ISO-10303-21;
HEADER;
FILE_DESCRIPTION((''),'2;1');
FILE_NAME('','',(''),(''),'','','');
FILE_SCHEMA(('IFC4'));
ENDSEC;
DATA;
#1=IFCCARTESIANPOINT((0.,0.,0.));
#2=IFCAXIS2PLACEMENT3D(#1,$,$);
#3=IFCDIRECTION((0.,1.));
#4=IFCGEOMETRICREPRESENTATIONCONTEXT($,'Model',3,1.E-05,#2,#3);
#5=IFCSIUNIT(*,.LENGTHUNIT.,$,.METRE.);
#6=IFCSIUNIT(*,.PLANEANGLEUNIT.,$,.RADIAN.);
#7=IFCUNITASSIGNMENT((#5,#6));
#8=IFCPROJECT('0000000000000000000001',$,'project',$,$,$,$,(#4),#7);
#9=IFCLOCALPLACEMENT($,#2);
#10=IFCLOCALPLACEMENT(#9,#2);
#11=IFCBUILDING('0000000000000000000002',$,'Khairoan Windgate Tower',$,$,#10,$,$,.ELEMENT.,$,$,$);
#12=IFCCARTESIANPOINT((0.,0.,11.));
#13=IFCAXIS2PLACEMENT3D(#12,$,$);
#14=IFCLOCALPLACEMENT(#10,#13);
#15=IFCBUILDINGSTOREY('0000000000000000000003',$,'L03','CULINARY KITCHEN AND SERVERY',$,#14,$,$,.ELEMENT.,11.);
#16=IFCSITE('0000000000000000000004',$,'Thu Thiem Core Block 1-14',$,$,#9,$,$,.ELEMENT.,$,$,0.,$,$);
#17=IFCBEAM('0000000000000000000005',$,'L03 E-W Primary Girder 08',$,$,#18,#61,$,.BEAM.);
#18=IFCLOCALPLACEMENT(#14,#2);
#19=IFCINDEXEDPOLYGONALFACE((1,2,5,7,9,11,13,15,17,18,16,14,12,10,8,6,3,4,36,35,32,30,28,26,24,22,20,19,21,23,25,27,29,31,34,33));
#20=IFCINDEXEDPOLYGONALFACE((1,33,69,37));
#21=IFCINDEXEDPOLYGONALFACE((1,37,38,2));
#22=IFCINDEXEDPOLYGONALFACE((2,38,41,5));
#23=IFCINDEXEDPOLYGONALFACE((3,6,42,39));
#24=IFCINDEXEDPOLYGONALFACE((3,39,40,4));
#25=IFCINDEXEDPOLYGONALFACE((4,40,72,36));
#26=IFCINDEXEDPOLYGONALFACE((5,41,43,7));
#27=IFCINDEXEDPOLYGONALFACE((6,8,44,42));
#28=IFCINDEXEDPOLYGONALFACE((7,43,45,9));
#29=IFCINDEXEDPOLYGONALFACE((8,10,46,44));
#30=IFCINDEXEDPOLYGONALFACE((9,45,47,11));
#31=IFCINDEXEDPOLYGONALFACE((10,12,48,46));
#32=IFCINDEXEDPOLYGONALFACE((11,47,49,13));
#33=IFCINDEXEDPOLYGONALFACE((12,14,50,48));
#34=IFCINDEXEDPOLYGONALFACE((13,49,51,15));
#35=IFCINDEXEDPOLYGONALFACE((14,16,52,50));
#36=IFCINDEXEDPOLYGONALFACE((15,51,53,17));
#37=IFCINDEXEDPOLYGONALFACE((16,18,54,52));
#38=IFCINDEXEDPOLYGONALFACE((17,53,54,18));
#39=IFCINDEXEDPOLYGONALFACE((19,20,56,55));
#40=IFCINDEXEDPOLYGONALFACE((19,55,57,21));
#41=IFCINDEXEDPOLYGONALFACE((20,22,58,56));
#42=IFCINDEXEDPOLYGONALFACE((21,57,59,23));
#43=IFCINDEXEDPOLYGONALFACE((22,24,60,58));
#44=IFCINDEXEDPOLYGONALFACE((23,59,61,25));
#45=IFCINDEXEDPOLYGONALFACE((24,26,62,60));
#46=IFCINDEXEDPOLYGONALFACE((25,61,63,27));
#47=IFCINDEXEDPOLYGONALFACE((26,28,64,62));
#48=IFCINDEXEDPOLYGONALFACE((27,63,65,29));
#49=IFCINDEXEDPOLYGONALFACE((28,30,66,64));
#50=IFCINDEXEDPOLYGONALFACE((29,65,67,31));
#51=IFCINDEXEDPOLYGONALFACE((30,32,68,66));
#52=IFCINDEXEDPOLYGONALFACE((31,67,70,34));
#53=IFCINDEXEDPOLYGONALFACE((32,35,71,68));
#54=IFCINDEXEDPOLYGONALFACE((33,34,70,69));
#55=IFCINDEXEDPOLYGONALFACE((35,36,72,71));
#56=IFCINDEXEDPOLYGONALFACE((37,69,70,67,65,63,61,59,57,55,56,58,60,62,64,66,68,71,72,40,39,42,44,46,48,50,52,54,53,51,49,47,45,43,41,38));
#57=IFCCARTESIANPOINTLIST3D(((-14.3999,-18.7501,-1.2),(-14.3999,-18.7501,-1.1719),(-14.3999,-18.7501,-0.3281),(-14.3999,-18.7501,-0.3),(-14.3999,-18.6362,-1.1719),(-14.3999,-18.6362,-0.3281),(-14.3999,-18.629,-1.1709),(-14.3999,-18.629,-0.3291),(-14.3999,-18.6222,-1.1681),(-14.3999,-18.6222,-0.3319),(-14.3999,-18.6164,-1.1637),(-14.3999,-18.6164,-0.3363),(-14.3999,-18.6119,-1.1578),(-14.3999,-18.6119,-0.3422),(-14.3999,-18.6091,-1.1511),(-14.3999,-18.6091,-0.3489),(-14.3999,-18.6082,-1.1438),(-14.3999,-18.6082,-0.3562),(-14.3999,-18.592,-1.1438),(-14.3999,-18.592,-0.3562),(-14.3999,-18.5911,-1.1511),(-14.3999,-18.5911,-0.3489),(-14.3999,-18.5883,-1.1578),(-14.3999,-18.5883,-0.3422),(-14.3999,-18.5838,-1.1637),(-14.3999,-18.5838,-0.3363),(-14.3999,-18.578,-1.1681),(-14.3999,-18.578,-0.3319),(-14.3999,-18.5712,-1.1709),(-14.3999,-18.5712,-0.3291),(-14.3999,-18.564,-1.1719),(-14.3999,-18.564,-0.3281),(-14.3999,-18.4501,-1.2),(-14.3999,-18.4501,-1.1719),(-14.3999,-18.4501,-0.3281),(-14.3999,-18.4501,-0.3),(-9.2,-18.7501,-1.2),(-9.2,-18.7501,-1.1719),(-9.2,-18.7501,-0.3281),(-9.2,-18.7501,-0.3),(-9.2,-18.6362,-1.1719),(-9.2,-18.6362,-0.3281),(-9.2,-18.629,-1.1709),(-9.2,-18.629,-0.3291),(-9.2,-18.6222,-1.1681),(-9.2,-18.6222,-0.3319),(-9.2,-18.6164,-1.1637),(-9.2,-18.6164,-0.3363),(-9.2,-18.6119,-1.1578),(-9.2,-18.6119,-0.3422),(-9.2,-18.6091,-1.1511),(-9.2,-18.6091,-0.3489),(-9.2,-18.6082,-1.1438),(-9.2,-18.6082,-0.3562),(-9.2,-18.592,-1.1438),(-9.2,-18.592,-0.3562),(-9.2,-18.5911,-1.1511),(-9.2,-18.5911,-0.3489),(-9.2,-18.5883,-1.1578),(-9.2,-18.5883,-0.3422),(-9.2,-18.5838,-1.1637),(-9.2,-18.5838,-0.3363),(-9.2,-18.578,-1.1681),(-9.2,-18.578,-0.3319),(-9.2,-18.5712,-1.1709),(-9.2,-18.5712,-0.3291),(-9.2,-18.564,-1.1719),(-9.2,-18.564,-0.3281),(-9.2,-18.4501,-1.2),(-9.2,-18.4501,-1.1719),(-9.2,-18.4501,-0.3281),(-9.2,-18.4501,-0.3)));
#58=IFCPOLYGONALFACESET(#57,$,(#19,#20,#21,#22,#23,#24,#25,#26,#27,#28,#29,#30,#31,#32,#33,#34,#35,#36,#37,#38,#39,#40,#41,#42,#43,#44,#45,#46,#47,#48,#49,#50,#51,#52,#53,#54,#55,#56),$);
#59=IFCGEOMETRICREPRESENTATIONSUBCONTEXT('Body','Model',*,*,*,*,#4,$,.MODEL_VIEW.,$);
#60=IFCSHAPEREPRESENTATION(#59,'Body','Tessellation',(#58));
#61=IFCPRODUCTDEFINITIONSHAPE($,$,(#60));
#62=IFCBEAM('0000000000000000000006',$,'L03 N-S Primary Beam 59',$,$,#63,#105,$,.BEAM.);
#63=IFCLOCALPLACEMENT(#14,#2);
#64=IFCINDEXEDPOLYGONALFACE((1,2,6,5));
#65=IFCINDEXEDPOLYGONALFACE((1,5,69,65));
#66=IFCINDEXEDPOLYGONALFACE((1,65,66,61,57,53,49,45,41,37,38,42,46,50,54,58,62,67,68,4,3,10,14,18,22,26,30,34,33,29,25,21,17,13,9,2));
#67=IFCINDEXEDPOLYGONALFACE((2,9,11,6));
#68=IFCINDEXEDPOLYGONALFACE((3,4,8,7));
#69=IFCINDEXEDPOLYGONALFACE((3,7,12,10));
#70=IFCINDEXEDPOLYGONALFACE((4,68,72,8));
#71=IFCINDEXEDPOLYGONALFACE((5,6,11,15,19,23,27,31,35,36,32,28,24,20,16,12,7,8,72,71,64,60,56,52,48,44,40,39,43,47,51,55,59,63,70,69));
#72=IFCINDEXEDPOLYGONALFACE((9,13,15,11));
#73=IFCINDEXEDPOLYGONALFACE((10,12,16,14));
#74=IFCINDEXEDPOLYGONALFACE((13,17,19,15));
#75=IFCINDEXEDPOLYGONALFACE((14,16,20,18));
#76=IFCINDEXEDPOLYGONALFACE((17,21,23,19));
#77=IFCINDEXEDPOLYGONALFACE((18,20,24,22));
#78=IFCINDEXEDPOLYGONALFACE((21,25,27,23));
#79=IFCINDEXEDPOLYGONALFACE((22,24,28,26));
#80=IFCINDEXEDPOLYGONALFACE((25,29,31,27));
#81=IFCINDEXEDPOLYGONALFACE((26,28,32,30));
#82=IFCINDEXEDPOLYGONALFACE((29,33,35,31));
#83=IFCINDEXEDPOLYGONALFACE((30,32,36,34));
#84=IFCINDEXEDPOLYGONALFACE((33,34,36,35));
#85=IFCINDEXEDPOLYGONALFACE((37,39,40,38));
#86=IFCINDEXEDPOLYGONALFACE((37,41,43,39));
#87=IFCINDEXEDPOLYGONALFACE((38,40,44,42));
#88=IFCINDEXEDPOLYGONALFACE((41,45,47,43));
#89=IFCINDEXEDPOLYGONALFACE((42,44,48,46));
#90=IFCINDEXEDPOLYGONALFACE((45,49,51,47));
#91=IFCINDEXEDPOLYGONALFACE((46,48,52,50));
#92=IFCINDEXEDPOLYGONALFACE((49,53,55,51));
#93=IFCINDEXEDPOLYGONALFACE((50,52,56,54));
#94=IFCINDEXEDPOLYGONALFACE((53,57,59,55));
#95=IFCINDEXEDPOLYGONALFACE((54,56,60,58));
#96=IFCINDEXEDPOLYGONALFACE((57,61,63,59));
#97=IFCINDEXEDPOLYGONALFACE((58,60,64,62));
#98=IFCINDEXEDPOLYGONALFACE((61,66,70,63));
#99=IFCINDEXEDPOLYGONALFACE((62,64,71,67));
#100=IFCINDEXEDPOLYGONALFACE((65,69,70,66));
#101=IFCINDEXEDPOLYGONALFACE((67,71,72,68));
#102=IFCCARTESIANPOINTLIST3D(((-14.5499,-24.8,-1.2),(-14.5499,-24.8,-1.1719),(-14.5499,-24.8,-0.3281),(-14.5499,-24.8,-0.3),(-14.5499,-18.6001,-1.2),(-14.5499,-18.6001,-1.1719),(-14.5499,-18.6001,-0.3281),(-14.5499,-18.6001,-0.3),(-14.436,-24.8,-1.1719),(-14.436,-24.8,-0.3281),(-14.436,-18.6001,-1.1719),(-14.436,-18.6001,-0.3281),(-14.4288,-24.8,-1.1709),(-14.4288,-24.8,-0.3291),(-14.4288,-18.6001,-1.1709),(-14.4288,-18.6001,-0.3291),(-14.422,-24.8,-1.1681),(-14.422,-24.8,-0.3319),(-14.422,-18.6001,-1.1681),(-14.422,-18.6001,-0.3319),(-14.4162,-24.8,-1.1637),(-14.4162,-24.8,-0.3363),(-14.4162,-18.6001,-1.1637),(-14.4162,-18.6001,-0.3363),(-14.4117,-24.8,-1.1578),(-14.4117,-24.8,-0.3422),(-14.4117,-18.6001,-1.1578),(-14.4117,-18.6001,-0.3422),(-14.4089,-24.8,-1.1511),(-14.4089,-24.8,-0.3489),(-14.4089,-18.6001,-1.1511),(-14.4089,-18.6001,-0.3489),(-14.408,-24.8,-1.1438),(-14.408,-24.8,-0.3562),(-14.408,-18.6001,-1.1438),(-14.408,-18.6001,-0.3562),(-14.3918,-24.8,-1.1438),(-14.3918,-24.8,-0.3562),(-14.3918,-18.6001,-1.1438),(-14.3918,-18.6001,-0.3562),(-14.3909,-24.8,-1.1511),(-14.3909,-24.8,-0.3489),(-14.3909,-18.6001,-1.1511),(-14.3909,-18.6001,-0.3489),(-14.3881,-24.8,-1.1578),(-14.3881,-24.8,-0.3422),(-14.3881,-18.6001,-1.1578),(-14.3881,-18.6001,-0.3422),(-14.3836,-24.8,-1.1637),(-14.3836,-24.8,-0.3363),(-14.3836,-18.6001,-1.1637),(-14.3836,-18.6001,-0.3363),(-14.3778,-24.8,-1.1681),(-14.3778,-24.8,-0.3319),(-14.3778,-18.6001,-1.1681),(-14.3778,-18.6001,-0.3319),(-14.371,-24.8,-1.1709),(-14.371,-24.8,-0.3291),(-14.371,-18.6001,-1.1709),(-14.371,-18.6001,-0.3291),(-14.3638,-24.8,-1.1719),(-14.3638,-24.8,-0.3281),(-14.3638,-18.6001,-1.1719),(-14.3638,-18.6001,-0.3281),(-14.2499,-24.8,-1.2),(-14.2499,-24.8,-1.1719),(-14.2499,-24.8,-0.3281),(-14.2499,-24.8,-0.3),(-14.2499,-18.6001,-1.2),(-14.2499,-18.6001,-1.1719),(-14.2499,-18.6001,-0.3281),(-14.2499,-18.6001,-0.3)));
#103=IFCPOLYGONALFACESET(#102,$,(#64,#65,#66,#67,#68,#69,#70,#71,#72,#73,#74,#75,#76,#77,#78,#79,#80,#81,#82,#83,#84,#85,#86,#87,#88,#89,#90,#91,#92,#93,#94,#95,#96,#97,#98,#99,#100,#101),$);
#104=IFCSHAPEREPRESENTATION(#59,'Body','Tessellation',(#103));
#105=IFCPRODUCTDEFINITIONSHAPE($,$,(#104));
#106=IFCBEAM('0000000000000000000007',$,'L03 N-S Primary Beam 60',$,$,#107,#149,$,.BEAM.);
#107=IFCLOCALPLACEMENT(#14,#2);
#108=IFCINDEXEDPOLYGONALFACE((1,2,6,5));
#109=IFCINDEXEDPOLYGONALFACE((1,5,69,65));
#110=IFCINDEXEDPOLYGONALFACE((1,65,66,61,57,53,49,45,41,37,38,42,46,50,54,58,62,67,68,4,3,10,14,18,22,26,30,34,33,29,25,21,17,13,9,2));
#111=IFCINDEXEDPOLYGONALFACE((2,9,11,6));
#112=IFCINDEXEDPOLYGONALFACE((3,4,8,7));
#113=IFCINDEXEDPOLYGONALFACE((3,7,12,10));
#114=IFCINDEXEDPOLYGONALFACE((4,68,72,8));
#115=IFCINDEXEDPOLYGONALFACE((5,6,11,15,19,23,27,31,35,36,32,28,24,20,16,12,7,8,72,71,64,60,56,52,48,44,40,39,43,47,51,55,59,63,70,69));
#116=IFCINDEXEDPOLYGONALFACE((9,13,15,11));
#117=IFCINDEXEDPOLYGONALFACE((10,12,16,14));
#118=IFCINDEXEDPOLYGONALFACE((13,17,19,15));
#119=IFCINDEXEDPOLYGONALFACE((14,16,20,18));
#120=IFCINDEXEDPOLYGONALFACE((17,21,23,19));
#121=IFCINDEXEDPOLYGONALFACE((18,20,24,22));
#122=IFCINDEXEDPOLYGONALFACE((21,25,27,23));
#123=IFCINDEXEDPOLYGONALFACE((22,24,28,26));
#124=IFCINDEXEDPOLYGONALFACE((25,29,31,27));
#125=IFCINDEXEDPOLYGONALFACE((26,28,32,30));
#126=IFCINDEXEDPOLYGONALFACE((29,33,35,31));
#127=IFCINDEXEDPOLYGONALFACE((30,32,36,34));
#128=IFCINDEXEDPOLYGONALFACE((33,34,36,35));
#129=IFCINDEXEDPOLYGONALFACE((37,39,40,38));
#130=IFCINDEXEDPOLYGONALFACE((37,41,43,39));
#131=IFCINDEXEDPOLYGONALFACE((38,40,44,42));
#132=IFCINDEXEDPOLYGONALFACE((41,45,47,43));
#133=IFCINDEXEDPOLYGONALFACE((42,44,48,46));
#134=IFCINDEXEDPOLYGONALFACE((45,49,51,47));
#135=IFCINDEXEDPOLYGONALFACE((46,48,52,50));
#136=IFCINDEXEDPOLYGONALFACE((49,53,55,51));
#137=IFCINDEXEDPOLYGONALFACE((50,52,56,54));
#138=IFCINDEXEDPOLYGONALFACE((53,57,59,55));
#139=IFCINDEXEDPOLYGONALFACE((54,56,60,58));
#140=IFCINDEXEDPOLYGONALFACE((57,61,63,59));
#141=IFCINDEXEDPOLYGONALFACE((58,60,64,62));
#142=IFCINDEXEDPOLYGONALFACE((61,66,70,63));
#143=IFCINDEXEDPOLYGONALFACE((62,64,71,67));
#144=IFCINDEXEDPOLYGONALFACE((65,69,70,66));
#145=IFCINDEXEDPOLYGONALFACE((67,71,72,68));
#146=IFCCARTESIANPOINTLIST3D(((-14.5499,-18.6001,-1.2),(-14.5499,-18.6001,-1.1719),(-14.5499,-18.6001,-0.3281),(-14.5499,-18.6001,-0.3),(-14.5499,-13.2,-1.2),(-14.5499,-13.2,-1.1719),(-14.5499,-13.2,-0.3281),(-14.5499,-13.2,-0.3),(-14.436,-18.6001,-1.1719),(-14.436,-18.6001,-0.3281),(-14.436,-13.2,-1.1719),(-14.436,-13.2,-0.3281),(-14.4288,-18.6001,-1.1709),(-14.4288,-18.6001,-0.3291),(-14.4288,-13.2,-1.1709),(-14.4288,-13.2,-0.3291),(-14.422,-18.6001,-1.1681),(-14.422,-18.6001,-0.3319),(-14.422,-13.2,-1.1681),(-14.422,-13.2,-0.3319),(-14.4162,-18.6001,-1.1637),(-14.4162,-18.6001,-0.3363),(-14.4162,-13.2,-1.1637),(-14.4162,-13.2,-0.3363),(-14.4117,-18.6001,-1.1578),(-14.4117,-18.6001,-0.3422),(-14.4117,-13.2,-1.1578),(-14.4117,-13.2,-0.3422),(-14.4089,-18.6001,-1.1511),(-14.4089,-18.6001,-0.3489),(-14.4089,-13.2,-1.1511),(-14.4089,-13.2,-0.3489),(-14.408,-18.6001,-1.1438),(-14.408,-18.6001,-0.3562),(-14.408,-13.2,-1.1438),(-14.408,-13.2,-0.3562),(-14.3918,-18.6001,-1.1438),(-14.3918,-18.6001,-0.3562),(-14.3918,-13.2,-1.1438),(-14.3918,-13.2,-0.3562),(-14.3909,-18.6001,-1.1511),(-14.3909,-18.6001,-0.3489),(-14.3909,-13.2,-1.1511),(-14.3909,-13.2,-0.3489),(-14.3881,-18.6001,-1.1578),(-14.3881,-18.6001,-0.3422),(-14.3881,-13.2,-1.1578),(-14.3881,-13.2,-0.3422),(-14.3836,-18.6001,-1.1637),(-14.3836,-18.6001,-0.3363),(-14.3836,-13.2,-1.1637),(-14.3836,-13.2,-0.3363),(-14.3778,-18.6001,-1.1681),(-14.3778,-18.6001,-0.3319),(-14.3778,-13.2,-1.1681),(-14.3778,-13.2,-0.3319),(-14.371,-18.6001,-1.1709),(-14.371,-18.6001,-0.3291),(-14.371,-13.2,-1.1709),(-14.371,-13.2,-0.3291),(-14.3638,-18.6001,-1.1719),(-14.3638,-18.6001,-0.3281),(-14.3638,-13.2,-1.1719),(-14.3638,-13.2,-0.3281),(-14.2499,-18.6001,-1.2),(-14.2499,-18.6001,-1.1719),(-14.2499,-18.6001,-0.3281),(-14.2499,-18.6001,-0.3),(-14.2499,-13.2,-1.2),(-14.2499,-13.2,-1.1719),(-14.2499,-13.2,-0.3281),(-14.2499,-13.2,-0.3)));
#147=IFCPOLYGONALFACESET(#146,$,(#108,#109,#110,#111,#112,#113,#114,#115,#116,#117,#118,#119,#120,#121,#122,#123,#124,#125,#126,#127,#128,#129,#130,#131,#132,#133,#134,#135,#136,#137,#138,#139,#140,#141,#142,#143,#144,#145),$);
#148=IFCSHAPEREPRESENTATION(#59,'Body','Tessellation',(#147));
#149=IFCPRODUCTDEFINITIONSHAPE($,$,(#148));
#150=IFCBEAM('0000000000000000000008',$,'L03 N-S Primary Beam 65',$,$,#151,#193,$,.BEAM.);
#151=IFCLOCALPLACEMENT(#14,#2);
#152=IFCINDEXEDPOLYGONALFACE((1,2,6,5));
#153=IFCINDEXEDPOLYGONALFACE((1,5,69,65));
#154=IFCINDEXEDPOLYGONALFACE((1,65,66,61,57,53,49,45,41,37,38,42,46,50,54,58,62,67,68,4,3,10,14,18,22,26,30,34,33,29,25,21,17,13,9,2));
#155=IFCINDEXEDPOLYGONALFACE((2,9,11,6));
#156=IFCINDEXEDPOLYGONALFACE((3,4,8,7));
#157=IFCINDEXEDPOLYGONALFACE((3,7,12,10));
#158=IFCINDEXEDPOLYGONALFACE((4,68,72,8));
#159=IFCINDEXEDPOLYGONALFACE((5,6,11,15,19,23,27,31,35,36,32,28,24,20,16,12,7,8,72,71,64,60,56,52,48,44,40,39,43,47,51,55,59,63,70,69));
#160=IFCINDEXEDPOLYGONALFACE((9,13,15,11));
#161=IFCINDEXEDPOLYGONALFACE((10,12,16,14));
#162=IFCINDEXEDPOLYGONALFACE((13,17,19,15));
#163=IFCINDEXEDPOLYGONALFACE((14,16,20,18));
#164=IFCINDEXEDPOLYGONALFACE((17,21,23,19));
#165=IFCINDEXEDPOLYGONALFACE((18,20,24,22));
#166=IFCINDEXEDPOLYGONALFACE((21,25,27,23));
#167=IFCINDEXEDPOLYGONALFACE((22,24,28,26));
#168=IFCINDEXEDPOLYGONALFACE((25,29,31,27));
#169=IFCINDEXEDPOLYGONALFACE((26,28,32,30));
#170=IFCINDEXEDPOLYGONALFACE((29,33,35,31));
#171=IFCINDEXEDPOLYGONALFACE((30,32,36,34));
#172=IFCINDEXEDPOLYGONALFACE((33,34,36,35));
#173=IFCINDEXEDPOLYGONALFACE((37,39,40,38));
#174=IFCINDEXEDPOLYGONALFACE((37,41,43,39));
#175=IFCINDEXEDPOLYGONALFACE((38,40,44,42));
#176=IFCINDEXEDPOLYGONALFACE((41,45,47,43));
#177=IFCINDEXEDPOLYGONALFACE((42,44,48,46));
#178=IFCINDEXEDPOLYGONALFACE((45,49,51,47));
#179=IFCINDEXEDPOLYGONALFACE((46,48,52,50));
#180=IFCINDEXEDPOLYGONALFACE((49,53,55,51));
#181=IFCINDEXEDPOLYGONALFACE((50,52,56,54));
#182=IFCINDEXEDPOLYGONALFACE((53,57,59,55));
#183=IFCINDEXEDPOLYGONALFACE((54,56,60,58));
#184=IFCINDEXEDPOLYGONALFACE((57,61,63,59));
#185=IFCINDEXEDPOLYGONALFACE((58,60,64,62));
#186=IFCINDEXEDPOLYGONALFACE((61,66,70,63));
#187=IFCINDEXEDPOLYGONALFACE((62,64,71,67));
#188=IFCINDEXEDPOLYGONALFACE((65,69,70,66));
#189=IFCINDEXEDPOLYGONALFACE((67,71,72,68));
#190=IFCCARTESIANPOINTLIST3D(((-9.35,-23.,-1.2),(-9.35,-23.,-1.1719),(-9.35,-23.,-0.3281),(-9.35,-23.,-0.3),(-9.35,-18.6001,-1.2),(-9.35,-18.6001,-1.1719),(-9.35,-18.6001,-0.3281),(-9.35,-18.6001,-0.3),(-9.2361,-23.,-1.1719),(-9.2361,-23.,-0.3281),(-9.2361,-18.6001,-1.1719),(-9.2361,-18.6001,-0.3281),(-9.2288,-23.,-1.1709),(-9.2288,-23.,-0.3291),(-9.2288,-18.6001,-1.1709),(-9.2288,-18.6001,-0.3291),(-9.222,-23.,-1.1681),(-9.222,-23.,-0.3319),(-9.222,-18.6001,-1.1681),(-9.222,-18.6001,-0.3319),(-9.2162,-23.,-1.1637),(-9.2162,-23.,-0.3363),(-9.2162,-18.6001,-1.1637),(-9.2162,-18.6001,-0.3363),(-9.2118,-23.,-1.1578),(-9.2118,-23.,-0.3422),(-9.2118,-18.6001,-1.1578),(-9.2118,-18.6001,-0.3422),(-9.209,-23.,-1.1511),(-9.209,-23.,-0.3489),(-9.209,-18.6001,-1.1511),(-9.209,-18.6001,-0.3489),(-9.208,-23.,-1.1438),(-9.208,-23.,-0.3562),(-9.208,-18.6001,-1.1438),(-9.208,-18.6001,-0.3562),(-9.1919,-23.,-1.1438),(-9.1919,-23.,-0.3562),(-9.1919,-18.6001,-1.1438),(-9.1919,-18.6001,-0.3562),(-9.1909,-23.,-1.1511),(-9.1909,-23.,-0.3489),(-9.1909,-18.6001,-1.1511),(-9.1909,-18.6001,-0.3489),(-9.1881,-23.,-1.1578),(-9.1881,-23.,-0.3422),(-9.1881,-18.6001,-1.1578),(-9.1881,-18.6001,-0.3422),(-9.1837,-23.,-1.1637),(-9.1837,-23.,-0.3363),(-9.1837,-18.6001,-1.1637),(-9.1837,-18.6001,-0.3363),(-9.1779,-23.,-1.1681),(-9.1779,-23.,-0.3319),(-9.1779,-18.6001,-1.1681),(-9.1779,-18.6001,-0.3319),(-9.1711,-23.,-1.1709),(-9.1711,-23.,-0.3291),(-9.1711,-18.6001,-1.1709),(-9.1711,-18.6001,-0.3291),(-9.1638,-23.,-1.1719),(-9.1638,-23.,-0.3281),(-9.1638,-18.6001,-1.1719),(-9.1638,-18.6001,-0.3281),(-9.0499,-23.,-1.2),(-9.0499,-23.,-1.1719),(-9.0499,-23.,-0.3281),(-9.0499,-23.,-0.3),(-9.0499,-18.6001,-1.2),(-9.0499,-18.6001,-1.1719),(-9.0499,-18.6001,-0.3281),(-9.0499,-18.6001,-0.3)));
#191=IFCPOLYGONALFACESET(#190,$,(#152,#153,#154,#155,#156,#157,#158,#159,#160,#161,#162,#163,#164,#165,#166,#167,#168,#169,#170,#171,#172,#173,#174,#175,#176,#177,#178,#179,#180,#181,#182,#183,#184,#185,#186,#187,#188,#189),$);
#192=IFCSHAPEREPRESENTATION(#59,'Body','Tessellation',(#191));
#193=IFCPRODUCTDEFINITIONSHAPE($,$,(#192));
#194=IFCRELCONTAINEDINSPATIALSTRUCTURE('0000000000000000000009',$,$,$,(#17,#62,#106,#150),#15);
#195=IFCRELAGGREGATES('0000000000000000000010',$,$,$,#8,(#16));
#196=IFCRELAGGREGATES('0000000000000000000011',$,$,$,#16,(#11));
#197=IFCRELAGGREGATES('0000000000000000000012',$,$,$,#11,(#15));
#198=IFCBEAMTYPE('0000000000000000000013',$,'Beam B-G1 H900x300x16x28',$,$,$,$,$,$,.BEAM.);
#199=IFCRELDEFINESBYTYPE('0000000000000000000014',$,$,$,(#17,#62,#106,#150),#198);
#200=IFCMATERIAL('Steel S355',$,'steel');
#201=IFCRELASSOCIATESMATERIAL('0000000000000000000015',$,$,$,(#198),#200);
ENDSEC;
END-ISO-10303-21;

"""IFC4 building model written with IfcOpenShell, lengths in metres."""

from ifc_helpers import new_model, si_unit, direction, frame, origin, origin_2d, place, context, subcontext, project, spatial, i_section, extrude, material, material_profile, profile_set, type_object, element, save


model = new_model("IFC4")

# Units and contexts
model_context = context("Model", 3, precision=1e-05, world=origin(), true_north=direction((0.0, 1.0)))
body_context = subcontext(model_context, "Body", "Model", "MODEL_VIEW")
ifc_project = project(units=[si_unit("LENGTHUNIT", "METRE"), si_unit("PLANEANGLEUNIT", "RADIAN")], contexts=[model_context])

# Site, building, storey
site_placement = place(None, origin())
site = spatial("IfcSite", under=ifc_project, at=site_placement, Name="Thu Thiem Core Block 1-14", CompositionType="ELEMENT", RefElevation=0.0)
building_placement = place(site_placement, origin())
building = spatial("IfcBuilding", under=site, at=building_placement, Name="Khairoan Windgate Tower", CompositionType="ELEMENT")
storey_placement = place(building_placement, frame((0.0, 0.0, 11.0)))
storey = spatial("IfcBuildingStorey", under=building, at=storey_placement, Name="L03", Description="CULINARY KITCHEN AND SERVERY", CompositionType="ELEMENT", Elevation=11.0)

# Beams
ifc_material_1 = material(Name="Steel S355", Category="steel")
ifc_material_profile_1 = material_profile(ifc_material_1, i_section(OverallWidth=0.3, OverallDepth=0.8999, WebThickness=0.0161, FlangeThickness=0.0281, FilletRadius=0.0281, at=origin_2d()))
ifc_profile_set_1 = profile_set([ifc_material_profile_1], Name="Steel S355")
beam_type_1 = type_object("IfcBeamType", Name="Beam B-G1 H900x300x16x28", PredefinedType="BEAM", material=ifc_profile_set_1)
beam_1_placement = place(storey_placement, frame((-14.3999, -18.6001, -0.75), z_axis=(1.0, 0.0, 0.0), x_axis=(0.0, 1.0, 0.0)))
element("IfcBeam", 1, at=beam_1_placement, inside=storey, type_object=beam_type_1, Name="L03 E-W Primary Girder 08", PredefinedType="BEAM", context=body_context, shape_type="SweptSolid", body=[
    extrude(i_section(OverallWidth=0.3, OverallDepth=0.8999, WebThickness=0.0161, FlangeThickness=0.0281, FilletRadius=0.0281, at=origin_2d()), origin(), (0.0, 0.0, 1.0), 5.2),
])
beam_2_placement = place(storey_placement, frame((-14.3999, -24.8, -0.75), z_axis=(0.0, 1.0, 0.0), x_axis=(-1.0, 0.0, 0.0)))
element("IfcBeam", 2, at=beam_2_placement, inside=storey, type_object=beam_type_1, Name="L03 N-S Primary Beam 59", PredefinedType="BEAM", context=body_context, shape_type="SweptSolid", body=[
    extrude(i_section(OverallWidth=0.3, OverallDepth=0.8999, WebThickness=0.0161, FlangeThickness=0.0281, FilletRadius=0.0281, at=origin_2d()), origin(), (0.0, 0.0, 1.0), 6.2),
])
beam_3_placement = place(storey_placement, frame((-14.3999, -18.6001, -0.75), z_axis=(0.0, 1.0, 0.0), x_axis=(-1.0, 0.0, 0.0)))
element("IfcBeam", 3, at=beam_3_placement, inside=storey, type_object=beam_type_1, Name="L03 N-S Primary Beam 60", PredefinedType="BEAM", context=body_context, shape_type="SweptSolid", body=[
    extrude(i_section(OverallWidth=0.3, OverallDepth=0.8999, WebThickness=0.0161, FlangeThickness=0.0281, FilletRadius=0.0281, at=origin_2d()), origin(), (0.0, 0.0, 1.0), 5.4001),
])
beam_4_placement = place(storey_placement, frame((-9.2, -23.0, -0.75), z_axis=(0.0, 1.0, 0.0), x_axis=(-1.0, 0.0, 0.0)))
element("IfcBeam", 4, at=beam_4_placement, inside=storey, type_object=beam_type_1, Name="L03 N-S Primary Beam 65", PredefinedType="BEAM", context=body_context, shape_type="SweptSolid", body=[
    extrude(i_section(OverallWidth=0.3, OverallDepth=0.8999, WebThickness=0.0161, FlangeThickness=0.0281, FilletRadius=0.0281, at=origin_2d()), origin(), (0.0, 0.0, 1.0), 4.3999),
])

save(model, "model.ifc")
